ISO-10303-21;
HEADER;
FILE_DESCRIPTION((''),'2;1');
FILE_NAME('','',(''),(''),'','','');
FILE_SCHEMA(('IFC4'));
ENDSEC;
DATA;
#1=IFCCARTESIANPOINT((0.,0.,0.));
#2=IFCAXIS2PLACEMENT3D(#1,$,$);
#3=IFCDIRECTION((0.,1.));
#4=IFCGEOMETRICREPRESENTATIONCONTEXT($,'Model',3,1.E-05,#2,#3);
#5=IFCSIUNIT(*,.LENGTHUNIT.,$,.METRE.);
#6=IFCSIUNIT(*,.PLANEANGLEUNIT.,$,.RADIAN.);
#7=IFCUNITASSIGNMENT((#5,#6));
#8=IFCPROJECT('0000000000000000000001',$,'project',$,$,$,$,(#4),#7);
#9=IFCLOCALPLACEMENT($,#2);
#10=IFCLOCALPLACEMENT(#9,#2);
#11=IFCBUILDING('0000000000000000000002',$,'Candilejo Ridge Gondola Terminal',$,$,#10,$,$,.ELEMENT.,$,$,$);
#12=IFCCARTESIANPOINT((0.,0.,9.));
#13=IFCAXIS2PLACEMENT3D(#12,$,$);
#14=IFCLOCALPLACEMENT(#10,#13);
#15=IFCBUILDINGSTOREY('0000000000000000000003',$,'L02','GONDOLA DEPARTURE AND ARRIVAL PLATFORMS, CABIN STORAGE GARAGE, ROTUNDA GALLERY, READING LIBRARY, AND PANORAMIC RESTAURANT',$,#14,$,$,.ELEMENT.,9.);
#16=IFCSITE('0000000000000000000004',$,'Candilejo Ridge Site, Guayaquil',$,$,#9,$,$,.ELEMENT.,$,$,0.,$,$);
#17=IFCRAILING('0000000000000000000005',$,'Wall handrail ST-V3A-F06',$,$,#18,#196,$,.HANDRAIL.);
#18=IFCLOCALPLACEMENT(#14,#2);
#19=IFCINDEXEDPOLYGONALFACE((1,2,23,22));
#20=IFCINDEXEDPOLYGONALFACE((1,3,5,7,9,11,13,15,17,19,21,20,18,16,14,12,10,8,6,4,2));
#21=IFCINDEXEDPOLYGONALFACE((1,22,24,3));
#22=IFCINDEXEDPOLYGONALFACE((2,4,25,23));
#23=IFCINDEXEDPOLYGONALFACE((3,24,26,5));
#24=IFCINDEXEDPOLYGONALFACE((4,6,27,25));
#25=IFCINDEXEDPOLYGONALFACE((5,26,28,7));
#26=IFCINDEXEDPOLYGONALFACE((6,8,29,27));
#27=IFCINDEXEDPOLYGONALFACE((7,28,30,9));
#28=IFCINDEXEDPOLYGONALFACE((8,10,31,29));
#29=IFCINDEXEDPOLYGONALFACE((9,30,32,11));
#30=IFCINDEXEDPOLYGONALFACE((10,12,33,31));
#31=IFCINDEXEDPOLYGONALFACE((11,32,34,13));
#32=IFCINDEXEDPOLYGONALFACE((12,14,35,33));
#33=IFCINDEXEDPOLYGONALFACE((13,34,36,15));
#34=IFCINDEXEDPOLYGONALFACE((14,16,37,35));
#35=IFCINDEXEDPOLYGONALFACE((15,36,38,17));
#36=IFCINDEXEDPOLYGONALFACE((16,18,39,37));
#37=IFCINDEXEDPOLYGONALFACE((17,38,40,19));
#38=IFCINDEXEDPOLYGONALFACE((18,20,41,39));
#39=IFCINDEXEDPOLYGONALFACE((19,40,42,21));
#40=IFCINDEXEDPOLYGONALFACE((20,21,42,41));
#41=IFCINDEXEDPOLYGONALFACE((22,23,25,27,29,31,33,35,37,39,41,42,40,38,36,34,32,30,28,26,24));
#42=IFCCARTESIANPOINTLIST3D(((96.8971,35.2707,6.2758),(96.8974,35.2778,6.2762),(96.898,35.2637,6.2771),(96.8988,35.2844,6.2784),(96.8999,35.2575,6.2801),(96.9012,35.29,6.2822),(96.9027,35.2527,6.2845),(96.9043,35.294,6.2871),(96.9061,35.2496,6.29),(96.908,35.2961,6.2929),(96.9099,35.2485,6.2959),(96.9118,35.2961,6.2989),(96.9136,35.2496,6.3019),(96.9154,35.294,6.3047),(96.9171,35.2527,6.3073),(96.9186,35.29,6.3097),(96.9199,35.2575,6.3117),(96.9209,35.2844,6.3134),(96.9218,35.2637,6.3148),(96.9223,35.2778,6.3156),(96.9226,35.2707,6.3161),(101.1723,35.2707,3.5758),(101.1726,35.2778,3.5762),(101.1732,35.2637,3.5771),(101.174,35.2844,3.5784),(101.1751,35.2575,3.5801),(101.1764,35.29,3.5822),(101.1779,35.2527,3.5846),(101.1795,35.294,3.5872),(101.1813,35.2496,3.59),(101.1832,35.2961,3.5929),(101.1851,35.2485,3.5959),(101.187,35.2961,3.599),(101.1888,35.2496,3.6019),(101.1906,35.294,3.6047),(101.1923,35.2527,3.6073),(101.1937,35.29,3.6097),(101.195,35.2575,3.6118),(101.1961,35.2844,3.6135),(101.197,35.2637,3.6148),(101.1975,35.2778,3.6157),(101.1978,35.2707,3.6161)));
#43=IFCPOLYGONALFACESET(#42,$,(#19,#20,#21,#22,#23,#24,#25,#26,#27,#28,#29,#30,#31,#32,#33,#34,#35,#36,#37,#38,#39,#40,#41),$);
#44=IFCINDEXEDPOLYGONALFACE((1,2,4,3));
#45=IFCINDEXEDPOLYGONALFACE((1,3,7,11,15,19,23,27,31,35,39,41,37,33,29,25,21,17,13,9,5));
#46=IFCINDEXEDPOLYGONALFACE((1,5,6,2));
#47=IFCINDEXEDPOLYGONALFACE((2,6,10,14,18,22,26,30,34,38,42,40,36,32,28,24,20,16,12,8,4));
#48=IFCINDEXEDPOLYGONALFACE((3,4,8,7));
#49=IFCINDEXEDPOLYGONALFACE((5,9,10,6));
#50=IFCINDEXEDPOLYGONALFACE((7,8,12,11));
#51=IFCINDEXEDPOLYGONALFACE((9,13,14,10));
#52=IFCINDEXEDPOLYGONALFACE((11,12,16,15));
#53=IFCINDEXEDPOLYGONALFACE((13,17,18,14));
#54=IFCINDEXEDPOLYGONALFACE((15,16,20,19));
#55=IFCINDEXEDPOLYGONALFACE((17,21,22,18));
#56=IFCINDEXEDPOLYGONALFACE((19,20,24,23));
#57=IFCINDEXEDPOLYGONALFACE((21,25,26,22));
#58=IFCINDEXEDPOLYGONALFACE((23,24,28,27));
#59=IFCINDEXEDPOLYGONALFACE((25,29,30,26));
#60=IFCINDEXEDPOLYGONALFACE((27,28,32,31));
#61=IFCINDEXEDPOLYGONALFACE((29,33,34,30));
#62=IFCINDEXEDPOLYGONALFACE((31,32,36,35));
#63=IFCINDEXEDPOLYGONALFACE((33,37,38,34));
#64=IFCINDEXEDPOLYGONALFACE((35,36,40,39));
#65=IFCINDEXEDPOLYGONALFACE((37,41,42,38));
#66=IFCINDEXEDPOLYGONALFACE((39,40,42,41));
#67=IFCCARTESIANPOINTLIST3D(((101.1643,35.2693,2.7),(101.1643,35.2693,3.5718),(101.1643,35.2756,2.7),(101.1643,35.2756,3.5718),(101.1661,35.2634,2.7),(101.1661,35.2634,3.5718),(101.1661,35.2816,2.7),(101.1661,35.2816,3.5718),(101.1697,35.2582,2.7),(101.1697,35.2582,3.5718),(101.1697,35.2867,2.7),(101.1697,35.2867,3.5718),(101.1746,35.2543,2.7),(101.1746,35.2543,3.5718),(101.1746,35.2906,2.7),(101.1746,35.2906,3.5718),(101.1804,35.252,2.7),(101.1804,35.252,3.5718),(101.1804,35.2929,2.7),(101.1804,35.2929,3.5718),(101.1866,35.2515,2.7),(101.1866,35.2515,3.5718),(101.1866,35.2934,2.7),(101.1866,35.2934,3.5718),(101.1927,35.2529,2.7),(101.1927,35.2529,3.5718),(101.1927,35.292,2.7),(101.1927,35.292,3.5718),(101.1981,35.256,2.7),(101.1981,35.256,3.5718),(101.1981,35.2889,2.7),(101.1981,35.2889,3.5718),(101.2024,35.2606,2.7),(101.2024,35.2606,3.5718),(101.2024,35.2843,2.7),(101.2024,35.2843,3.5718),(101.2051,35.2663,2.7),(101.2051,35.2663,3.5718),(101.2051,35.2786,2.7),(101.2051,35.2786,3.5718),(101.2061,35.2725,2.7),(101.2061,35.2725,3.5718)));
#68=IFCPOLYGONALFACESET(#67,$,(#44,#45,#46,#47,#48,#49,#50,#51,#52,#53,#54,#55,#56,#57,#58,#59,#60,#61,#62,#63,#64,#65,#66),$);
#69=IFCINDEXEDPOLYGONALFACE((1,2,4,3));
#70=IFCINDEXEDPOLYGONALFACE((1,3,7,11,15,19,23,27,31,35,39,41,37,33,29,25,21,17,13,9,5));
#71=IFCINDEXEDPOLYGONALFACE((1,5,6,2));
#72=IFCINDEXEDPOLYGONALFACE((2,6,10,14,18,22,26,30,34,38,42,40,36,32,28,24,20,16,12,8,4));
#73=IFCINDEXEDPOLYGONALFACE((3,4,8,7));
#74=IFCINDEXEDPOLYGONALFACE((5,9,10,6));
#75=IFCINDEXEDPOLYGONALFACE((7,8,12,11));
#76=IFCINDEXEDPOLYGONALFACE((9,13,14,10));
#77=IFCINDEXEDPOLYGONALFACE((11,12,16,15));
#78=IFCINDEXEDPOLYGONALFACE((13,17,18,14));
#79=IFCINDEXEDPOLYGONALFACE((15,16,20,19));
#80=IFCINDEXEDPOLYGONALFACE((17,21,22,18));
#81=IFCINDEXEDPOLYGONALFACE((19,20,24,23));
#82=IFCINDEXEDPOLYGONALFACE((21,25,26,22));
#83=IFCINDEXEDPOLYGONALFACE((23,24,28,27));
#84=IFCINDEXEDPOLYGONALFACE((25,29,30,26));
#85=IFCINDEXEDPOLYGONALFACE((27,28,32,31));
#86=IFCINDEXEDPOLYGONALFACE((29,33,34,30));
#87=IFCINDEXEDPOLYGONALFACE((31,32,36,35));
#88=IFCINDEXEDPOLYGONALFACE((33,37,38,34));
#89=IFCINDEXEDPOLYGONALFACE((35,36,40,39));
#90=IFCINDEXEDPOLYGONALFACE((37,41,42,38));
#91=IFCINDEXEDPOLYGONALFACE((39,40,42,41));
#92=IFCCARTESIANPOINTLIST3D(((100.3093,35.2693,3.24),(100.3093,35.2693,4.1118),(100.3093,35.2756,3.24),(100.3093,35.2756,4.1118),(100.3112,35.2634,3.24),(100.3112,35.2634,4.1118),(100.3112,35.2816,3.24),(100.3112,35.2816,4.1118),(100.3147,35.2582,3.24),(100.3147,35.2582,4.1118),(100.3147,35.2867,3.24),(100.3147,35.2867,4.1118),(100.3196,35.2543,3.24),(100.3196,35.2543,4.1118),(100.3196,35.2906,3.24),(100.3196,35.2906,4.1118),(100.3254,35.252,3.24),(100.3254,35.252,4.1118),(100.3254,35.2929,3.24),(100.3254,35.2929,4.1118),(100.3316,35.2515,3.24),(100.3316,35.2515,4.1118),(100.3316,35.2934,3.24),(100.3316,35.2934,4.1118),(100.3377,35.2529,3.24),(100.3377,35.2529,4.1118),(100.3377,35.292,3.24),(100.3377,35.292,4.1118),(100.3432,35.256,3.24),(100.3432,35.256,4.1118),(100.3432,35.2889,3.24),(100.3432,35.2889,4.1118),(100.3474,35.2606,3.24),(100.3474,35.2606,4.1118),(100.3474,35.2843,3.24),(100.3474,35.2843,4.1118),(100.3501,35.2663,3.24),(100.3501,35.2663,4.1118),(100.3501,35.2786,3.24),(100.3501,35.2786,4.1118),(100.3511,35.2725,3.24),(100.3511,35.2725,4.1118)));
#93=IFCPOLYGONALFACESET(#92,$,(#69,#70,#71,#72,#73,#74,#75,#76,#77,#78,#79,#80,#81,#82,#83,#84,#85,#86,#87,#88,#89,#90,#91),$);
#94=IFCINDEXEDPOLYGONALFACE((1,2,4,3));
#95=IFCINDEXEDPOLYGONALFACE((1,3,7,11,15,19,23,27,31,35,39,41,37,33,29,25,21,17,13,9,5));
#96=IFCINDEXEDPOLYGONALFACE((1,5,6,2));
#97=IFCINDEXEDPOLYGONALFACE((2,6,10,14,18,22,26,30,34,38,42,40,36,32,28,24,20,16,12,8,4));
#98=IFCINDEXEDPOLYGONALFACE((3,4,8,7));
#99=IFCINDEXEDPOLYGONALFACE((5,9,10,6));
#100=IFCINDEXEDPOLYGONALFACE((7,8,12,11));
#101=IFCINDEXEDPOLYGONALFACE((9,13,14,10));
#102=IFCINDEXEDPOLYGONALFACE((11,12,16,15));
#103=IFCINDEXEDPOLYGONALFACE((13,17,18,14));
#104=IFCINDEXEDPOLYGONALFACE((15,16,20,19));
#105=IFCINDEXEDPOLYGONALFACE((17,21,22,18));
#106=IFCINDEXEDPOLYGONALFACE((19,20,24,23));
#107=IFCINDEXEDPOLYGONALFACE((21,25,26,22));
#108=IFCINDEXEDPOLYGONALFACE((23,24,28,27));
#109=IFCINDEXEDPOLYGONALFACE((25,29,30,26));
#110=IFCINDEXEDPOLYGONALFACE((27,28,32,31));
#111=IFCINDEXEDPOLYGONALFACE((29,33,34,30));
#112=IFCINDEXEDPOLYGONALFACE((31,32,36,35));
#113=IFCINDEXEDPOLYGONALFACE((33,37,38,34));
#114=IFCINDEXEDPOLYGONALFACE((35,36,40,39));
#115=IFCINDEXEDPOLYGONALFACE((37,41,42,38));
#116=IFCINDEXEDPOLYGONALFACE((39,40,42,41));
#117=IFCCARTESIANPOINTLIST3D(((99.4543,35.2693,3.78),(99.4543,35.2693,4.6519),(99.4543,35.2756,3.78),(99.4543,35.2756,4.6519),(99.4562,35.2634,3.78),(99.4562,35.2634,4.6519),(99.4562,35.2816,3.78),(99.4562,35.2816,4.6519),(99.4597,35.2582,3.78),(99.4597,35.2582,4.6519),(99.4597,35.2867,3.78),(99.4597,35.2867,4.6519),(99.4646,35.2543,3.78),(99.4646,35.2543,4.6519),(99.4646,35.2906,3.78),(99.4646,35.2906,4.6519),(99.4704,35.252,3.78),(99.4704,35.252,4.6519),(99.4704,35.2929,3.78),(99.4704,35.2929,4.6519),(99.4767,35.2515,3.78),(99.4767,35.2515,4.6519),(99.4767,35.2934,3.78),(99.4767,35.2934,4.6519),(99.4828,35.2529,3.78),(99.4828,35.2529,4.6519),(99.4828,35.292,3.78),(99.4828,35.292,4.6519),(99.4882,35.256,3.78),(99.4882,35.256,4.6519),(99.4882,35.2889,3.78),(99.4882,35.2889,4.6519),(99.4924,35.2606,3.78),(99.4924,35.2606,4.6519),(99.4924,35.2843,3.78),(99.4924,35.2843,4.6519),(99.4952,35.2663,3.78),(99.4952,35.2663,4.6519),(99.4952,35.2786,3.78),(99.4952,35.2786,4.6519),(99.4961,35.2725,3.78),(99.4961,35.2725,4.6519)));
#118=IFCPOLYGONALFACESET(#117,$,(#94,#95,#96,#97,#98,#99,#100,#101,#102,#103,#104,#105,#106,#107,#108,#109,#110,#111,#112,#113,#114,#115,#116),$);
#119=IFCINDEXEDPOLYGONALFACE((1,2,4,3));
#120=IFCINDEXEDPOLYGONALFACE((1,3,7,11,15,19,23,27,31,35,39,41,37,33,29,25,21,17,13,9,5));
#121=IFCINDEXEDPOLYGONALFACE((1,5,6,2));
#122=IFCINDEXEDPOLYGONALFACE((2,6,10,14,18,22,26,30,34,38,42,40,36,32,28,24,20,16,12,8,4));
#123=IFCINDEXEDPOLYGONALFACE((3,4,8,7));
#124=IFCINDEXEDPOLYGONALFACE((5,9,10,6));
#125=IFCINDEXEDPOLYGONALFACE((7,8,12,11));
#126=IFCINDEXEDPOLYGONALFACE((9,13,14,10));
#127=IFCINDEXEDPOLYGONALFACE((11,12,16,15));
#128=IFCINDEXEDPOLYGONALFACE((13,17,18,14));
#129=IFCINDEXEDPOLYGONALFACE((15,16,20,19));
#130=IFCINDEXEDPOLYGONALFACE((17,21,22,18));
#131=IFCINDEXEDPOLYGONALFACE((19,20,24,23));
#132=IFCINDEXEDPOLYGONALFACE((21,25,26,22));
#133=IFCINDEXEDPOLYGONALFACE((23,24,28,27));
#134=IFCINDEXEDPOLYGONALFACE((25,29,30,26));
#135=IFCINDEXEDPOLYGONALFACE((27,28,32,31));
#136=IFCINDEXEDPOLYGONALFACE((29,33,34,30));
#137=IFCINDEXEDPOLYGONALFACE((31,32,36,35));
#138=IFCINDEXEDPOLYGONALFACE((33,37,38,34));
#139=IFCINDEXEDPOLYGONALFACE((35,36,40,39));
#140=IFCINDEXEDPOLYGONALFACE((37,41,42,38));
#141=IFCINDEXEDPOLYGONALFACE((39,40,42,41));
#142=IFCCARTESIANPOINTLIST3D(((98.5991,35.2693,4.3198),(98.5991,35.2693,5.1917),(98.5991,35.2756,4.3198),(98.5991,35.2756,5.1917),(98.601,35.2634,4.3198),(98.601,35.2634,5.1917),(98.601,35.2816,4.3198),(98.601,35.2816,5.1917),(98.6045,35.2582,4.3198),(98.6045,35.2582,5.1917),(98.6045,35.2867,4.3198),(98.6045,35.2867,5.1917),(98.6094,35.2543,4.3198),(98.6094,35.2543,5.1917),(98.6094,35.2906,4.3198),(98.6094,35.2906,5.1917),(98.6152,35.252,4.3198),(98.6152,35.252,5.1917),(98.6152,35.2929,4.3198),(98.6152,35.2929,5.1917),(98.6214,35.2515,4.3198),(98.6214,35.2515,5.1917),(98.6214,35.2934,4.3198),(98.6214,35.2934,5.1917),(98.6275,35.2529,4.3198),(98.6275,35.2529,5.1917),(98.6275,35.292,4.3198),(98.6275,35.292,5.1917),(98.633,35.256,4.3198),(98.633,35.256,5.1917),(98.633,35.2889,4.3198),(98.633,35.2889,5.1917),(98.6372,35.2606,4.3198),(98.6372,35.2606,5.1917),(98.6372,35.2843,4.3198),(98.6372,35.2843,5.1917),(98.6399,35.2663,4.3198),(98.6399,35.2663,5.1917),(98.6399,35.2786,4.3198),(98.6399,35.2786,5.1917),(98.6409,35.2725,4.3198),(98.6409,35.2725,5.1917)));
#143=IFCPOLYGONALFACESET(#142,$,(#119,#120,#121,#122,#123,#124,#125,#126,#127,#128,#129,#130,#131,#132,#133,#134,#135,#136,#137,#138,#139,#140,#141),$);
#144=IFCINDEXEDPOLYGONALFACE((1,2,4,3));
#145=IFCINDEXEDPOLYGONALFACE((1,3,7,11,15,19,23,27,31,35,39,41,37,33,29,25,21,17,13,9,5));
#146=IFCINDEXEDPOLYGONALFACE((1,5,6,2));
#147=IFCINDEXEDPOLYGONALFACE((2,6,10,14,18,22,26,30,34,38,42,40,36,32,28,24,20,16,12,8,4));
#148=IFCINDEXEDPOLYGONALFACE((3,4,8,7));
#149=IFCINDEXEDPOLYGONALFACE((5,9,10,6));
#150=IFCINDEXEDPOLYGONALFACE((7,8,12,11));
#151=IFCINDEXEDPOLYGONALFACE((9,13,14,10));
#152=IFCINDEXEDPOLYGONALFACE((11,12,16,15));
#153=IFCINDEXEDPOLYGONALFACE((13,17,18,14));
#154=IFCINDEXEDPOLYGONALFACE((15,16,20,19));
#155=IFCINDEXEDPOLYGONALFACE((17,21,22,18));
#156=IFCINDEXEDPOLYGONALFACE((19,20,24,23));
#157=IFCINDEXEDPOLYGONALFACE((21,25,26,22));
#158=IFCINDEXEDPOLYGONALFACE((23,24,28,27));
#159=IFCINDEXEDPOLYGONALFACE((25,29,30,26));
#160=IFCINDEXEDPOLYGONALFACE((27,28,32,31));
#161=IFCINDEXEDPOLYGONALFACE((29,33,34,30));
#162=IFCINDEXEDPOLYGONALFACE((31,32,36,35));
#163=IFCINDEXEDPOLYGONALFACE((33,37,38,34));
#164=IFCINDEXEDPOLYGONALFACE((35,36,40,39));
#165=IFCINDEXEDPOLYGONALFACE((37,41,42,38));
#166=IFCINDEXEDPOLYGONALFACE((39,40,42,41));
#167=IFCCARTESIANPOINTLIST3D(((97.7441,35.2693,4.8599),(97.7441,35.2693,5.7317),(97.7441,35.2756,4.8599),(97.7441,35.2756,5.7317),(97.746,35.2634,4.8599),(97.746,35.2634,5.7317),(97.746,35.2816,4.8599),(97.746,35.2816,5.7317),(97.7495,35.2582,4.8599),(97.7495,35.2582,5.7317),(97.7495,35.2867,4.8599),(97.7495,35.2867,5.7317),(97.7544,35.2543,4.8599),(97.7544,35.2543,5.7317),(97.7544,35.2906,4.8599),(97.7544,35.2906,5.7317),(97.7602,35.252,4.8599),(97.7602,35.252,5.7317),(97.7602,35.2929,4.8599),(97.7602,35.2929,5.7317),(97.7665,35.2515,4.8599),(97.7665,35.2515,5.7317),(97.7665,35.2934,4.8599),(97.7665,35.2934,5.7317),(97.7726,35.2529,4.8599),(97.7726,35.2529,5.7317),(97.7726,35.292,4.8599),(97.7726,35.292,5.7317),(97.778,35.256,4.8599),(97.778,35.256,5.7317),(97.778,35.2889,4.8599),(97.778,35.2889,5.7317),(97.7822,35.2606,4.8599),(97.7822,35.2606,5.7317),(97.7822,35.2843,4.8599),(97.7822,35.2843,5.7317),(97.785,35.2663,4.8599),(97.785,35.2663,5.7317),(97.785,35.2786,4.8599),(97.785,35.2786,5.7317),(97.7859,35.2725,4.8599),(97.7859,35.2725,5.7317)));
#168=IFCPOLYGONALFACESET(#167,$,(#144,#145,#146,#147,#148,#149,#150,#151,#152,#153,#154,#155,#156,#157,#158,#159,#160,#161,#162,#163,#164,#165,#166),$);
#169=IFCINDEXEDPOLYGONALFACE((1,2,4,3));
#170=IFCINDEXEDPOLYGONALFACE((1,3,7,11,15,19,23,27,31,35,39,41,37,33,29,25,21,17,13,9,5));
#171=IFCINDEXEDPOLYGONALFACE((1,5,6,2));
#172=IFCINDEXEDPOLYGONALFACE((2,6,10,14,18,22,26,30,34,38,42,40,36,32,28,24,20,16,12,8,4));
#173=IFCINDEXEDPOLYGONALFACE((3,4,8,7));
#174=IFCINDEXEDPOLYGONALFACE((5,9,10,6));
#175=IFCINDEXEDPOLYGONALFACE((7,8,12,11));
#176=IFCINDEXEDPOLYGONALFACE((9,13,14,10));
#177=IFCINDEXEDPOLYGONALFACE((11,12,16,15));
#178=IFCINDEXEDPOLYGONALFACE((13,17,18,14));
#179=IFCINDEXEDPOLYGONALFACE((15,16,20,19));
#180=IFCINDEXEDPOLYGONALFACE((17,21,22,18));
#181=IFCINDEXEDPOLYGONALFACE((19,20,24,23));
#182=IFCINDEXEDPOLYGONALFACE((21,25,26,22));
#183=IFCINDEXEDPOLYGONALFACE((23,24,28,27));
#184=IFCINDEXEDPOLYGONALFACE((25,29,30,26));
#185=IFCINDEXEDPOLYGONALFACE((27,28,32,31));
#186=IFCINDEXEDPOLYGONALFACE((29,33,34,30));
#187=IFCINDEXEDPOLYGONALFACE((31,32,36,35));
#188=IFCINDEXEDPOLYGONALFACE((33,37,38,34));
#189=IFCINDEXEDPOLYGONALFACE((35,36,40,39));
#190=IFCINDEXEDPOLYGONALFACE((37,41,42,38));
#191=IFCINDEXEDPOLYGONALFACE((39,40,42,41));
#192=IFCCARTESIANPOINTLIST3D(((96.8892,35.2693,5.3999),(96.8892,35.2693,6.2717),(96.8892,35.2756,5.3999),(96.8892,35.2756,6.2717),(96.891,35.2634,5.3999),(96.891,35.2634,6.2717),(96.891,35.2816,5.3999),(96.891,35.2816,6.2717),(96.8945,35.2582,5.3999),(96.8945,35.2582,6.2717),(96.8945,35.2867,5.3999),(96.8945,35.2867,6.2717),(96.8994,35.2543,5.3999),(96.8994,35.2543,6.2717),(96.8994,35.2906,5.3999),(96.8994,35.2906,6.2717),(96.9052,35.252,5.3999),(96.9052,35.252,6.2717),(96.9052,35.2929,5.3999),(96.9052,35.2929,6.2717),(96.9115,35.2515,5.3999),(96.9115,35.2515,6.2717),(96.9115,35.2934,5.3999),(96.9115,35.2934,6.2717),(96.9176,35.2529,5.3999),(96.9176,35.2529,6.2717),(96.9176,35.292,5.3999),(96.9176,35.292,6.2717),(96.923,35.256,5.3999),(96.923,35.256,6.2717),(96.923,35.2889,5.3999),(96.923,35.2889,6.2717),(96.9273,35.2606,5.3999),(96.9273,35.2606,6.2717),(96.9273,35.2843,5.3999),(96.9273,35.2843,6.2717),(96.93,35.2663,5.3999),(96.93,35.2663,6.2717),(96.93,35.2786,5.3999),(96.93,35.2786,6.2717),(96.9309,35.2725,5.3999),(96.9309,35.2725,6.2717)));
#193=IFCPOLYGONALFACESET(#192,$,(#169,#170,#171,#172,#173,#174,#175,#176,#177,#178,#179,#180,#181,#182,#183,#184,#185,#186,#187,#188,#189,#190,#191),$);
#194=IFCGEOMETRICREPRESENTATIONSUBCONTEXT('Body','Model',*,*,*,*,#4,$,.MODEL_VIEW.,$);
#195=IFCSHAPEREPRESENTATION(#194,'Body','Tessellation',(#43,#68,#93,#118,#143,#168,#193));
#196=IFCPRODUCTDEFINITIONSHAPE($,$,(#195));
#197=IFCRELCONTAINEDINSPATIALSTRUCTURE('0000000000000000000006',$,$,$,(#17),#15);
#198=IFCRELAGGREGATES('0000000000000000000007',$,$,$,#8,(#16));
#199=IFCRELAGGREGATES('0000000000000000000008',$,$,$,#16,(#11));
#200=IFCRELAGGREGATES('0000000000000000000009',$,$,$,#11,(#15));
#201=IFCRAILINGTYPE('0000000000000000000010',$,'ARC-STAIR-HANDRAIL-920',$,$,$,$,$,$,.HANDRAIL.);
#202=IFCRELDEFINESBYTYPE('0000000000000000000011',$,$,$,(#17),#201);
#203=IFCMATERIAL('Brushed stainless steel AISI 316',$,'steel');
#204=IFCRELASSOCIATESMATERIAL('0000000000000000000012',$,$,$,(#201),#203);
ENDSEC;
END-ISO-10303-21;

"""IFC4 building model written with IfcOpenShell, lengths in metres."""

from ifc_helpers import new_model, si_unit, direction, frame, origin, origin_2d, place, context, subcontext, project, spatial, circle, extrude, material, type_object, element, save


model = new_model("IFC4")

# Units and contexts
model_context = context("Model", 3, precision=1e-05, world=origin(), true_north=direction((0.0, 1.0)))
body_context = subcontext(model_context, "Body", "Model", "MODEL_VIEW")
ifc_project = project(units=[si_unit("LENGTHUNIT", "METRE"), si_unit("PLANEANGLEUNIT", "RADIAN")], contexts=[model_context])

# Site, building, storey
site_placement = place(None, origin())
site = spatial("IfcSite", under=ifc_project, at=site_placement, Name="Candilejo Ridge Site, Guayaquil", CompositionType="ELEMENT", RefElevation=0.0)
building_placement = place(site_placement, origin())
building = spatial("IfcBuilding", under=site, at=building_placement, Name="Candilejo Ridge Gondola Terminal", CompositionType="ELEMENT")
storey_placement = place(building_placement, frame((0.0, 0.0, 9.0)))
storey = spatial("IfcBuildingStorey", under=building, at=storey_placement, Name="L02", Description="GONDOLA DEPARTURE AND ARRIVAL PLATFORMS, CABIN STORAGE GARAGE, ROTUNDA GALLERY, READING LIBRARY, AND PANORAMIC RESTAURANT", CompositionType="ELEMENT", Elevation=9.0)

# Railing
ifc_material_1 = material(Name="Brushed stainless steel AISI 316", Category="steel")
railing_type_1 = type_object("IfcRailingType", Name="ARC-STAIR-HANDRAIL-920", PredefinedType="HANDRAIL", material=ifc_material_1)
railing_1_placement = place(storey_placement, frame((101.1851, 35.2725, 2.7)))
element("IfcRailing", 1, at=railing_1_placement, inside=storey, type_object=railing_type_1, Name="Wall handrail ST-V3A-F06", PredefinedType="HANDRAIL", context=body_context, shape_type="SweptSolid", body=[
    extrude(circle(Radius=0.0239, at=origin_2d()), frame((0.0, 0.0, 0.896), z_axis=(-0.845502, 0.0, 0.533973), x_axis=(0.0, -1.0, 0.0)), (0.0, 0.0, 1.0), 5.0564),
    extrude(circle(Radius=0.021, at=origin_2d()), origin(), (0.0, 0.0, 1.0), 0.8718),
    extrude(circle(Radius=0.021, at=origin_2d()), frame((-0.855, 0.0, 0.54)), (0.0, 0.0, 1.0), 0.8718),
    extrude(circle(Radius=0.021, at=origin_2d()), frame((-1.71, 0.0, 1.0801)), (0.0, 0.0, 1.0), 0.8718),
    extrude(circle(Radius=0.021, at=origin_2d()), frame((-2.5652, 0.0, 1.6199)), (0.0, 0.0, 1.0), 0.8718),
    extrude(circle(Radius=0.021, at=origin_2d()), frame((-3.4202, 0.0, 2.1599)), (0.0, 0.0, 1.0), 0.8718),
    extrude(circle(Radius=0.021, at=origin_2d()), frame((-4.2751, 0.0, 2.7)), (0.0, 0.0, 1.0), 0.8718),
])

save(model, "model.ifc")
